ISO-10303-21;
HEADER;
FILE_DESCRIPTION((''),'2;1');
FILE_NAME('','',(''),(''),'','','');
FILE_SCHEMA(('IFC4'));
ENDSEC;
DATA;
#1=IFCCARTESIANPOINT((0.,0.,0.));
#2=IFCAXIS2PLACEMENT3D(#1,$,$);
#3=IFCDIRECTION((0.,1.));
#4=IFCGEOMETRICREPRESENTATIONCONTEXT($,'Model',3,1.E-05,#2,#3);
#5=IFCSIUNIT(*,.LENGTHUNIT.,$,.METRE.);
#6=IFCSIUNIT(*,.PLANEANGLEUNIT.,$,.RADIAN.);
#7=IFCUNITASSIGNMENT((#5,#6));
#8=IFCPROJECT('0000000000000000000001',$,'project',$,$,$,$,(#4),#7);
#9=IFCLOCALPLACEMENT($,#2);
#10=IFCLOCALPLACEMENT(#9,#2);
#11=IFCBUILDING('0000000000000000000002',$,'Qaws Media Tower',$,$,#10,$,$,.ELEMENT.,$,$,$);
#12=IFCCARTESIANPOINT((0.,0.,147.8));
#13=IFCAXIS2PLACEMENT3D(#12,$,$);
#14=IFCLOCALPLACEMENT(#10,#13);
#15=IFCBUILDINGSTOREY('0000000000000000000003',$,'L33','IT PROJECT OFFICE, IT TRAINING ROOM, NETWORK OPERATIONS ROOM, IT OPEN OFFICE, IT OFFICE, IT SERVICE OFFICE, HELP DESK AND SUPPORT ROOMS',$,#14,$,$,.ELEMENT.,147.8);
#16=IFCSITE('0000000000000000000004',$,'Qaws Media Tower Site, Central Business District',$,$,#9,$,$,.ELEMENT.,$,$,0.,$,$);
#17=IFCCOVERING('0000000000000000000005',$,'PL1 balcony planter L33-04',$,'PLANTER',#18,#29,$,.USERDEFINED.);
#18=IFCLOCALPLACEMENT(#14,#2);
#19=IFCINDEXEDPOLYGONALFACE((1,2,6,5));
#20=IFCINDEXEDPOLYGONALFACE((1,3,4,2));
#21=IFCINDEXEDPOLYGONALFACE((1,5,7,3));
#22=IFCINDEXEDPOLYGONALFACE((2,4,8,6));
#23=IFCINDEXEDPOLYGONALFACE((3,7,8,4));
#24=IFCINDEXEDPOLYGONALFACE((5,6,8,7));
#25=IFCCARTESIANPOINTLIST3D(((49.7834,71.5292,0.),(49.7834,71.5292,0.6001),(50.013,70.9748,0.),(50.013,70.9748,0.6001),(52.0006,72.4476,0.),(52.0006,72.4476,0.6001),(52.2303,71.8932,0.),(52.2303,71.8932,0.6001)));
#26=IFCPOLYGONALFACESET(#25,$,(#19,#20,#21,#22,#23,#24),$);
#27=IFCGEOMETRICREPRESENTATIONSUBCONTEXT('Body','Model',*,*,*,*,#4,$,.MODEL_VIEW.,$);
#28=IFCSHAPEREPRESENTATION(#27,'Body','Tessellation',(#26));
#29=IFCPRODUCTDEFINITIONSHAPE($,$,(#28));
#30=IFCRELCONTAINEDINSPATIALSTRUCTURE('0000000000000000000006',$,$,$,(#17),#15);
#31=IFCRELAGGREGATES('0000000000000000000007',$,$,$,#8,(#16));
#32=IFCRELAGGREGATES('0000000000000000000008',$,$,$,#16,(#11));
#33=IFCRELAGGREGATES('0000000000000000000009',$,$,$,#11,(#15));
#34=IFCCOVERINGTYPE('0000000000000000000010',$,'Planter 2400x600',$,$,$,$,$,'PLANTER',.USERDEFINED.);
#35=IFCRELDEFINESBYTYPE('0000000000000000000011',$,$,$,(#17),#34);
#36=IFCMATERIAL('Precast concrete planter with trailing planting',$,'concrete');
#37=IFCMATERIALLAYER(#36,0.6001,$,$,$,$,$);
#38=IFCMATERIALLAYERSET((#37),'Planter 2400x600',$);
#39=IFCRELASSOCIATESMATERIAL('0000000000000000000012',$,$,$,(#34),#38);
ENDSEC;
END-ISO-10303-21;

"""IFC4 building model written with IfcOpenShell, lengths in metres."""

from ifc_helpers import new_model, si_unit, direction, frame, origin, origin_2d, place, context, subcontext, project, spatial, rectangle, extrude, material, layer, layer_set, type_object, element, save


model = new_model("IFC4")

# Units and contexts
model_context = context("Model", 3, precision=1e-05, world=origin(), true_north=direction((0.0, 1.0)))
body_context = subcontext(model_context, "Body", "Model", "MODEL_VIEW")
ifc_project = project(units=[si_unit("LENGTHUNIT", "METRE"), si_unit("PLANEANGLEUNIT", "RADIAN")], contexts=[model_context])

# Site, building, storey
site_placement = place(None, origin())
site = spatial("IfcSite", under=ifc_project, at=site_placement, Name="Qaws Media Tower Site, Central Business District", CompositionType="ELEMENT", RefElevation=0.0)
building_placement = place(site_placement, origin())
building = spatial("IfcBuilding", under=site, at=building_placement, Name="Qaws Media Tower", CompositionType="ELEMENT")
storey_placement = place(building_placement, frame((0.0, 0.0, 147.8)))
storey = spatial("IfcBuildingStorey", under=building, at=storey_placement, Name="L33", Description="IT PROJECT OFFICE, IT TRAINING ROOM, NETWORK OPERATIONS ROOM, IT OPEN OFFICE, IT OFFICE, IT SERVICE OFFICE, HELP DESK AND SUPPORT ROOMS", CompositionType="ELEMENT", Elevation=147.8)

# Covering
ifc_material_1 = material(Name="Precast concrete planter with trailing planting", Category="concrete")
ifc_layer_1 = layer(ifc_material_1, 0.6001)
ifc_layer_set_1 = layer_set([ifc_layer_1], Name="Planter 2400x600")
covering_type = type_object("IfcCoveringType", Name="Planter 2400x600", ElementType="PLANTER", PredefinedType="USERDEFINED", material=ifc_layer_set_1)
covering_placement = place(storey_placement, frame((51.0068, 71.7112, 0.0), z_axis=(0.0, 0.0, 1.0), x_axis=(-0.92388, -0.382683, 0.0)))
element("IfcCovering", 1, at=covering_placement, inside=storey, type_object=covering_type, Name="PL1 balcony planter L33-04", ObjectType="PLANTER", PredefinedType="USERDEFINED", context=body_context, shape_type="SweptSolid", body=[
    extrude(rectangle(XDim=2.3999, YDim=0.6001, at=origin_2d()), origin(), (0.0, 0.0, 1.0), 0.6001),
])

save(model, "model.ifc")
